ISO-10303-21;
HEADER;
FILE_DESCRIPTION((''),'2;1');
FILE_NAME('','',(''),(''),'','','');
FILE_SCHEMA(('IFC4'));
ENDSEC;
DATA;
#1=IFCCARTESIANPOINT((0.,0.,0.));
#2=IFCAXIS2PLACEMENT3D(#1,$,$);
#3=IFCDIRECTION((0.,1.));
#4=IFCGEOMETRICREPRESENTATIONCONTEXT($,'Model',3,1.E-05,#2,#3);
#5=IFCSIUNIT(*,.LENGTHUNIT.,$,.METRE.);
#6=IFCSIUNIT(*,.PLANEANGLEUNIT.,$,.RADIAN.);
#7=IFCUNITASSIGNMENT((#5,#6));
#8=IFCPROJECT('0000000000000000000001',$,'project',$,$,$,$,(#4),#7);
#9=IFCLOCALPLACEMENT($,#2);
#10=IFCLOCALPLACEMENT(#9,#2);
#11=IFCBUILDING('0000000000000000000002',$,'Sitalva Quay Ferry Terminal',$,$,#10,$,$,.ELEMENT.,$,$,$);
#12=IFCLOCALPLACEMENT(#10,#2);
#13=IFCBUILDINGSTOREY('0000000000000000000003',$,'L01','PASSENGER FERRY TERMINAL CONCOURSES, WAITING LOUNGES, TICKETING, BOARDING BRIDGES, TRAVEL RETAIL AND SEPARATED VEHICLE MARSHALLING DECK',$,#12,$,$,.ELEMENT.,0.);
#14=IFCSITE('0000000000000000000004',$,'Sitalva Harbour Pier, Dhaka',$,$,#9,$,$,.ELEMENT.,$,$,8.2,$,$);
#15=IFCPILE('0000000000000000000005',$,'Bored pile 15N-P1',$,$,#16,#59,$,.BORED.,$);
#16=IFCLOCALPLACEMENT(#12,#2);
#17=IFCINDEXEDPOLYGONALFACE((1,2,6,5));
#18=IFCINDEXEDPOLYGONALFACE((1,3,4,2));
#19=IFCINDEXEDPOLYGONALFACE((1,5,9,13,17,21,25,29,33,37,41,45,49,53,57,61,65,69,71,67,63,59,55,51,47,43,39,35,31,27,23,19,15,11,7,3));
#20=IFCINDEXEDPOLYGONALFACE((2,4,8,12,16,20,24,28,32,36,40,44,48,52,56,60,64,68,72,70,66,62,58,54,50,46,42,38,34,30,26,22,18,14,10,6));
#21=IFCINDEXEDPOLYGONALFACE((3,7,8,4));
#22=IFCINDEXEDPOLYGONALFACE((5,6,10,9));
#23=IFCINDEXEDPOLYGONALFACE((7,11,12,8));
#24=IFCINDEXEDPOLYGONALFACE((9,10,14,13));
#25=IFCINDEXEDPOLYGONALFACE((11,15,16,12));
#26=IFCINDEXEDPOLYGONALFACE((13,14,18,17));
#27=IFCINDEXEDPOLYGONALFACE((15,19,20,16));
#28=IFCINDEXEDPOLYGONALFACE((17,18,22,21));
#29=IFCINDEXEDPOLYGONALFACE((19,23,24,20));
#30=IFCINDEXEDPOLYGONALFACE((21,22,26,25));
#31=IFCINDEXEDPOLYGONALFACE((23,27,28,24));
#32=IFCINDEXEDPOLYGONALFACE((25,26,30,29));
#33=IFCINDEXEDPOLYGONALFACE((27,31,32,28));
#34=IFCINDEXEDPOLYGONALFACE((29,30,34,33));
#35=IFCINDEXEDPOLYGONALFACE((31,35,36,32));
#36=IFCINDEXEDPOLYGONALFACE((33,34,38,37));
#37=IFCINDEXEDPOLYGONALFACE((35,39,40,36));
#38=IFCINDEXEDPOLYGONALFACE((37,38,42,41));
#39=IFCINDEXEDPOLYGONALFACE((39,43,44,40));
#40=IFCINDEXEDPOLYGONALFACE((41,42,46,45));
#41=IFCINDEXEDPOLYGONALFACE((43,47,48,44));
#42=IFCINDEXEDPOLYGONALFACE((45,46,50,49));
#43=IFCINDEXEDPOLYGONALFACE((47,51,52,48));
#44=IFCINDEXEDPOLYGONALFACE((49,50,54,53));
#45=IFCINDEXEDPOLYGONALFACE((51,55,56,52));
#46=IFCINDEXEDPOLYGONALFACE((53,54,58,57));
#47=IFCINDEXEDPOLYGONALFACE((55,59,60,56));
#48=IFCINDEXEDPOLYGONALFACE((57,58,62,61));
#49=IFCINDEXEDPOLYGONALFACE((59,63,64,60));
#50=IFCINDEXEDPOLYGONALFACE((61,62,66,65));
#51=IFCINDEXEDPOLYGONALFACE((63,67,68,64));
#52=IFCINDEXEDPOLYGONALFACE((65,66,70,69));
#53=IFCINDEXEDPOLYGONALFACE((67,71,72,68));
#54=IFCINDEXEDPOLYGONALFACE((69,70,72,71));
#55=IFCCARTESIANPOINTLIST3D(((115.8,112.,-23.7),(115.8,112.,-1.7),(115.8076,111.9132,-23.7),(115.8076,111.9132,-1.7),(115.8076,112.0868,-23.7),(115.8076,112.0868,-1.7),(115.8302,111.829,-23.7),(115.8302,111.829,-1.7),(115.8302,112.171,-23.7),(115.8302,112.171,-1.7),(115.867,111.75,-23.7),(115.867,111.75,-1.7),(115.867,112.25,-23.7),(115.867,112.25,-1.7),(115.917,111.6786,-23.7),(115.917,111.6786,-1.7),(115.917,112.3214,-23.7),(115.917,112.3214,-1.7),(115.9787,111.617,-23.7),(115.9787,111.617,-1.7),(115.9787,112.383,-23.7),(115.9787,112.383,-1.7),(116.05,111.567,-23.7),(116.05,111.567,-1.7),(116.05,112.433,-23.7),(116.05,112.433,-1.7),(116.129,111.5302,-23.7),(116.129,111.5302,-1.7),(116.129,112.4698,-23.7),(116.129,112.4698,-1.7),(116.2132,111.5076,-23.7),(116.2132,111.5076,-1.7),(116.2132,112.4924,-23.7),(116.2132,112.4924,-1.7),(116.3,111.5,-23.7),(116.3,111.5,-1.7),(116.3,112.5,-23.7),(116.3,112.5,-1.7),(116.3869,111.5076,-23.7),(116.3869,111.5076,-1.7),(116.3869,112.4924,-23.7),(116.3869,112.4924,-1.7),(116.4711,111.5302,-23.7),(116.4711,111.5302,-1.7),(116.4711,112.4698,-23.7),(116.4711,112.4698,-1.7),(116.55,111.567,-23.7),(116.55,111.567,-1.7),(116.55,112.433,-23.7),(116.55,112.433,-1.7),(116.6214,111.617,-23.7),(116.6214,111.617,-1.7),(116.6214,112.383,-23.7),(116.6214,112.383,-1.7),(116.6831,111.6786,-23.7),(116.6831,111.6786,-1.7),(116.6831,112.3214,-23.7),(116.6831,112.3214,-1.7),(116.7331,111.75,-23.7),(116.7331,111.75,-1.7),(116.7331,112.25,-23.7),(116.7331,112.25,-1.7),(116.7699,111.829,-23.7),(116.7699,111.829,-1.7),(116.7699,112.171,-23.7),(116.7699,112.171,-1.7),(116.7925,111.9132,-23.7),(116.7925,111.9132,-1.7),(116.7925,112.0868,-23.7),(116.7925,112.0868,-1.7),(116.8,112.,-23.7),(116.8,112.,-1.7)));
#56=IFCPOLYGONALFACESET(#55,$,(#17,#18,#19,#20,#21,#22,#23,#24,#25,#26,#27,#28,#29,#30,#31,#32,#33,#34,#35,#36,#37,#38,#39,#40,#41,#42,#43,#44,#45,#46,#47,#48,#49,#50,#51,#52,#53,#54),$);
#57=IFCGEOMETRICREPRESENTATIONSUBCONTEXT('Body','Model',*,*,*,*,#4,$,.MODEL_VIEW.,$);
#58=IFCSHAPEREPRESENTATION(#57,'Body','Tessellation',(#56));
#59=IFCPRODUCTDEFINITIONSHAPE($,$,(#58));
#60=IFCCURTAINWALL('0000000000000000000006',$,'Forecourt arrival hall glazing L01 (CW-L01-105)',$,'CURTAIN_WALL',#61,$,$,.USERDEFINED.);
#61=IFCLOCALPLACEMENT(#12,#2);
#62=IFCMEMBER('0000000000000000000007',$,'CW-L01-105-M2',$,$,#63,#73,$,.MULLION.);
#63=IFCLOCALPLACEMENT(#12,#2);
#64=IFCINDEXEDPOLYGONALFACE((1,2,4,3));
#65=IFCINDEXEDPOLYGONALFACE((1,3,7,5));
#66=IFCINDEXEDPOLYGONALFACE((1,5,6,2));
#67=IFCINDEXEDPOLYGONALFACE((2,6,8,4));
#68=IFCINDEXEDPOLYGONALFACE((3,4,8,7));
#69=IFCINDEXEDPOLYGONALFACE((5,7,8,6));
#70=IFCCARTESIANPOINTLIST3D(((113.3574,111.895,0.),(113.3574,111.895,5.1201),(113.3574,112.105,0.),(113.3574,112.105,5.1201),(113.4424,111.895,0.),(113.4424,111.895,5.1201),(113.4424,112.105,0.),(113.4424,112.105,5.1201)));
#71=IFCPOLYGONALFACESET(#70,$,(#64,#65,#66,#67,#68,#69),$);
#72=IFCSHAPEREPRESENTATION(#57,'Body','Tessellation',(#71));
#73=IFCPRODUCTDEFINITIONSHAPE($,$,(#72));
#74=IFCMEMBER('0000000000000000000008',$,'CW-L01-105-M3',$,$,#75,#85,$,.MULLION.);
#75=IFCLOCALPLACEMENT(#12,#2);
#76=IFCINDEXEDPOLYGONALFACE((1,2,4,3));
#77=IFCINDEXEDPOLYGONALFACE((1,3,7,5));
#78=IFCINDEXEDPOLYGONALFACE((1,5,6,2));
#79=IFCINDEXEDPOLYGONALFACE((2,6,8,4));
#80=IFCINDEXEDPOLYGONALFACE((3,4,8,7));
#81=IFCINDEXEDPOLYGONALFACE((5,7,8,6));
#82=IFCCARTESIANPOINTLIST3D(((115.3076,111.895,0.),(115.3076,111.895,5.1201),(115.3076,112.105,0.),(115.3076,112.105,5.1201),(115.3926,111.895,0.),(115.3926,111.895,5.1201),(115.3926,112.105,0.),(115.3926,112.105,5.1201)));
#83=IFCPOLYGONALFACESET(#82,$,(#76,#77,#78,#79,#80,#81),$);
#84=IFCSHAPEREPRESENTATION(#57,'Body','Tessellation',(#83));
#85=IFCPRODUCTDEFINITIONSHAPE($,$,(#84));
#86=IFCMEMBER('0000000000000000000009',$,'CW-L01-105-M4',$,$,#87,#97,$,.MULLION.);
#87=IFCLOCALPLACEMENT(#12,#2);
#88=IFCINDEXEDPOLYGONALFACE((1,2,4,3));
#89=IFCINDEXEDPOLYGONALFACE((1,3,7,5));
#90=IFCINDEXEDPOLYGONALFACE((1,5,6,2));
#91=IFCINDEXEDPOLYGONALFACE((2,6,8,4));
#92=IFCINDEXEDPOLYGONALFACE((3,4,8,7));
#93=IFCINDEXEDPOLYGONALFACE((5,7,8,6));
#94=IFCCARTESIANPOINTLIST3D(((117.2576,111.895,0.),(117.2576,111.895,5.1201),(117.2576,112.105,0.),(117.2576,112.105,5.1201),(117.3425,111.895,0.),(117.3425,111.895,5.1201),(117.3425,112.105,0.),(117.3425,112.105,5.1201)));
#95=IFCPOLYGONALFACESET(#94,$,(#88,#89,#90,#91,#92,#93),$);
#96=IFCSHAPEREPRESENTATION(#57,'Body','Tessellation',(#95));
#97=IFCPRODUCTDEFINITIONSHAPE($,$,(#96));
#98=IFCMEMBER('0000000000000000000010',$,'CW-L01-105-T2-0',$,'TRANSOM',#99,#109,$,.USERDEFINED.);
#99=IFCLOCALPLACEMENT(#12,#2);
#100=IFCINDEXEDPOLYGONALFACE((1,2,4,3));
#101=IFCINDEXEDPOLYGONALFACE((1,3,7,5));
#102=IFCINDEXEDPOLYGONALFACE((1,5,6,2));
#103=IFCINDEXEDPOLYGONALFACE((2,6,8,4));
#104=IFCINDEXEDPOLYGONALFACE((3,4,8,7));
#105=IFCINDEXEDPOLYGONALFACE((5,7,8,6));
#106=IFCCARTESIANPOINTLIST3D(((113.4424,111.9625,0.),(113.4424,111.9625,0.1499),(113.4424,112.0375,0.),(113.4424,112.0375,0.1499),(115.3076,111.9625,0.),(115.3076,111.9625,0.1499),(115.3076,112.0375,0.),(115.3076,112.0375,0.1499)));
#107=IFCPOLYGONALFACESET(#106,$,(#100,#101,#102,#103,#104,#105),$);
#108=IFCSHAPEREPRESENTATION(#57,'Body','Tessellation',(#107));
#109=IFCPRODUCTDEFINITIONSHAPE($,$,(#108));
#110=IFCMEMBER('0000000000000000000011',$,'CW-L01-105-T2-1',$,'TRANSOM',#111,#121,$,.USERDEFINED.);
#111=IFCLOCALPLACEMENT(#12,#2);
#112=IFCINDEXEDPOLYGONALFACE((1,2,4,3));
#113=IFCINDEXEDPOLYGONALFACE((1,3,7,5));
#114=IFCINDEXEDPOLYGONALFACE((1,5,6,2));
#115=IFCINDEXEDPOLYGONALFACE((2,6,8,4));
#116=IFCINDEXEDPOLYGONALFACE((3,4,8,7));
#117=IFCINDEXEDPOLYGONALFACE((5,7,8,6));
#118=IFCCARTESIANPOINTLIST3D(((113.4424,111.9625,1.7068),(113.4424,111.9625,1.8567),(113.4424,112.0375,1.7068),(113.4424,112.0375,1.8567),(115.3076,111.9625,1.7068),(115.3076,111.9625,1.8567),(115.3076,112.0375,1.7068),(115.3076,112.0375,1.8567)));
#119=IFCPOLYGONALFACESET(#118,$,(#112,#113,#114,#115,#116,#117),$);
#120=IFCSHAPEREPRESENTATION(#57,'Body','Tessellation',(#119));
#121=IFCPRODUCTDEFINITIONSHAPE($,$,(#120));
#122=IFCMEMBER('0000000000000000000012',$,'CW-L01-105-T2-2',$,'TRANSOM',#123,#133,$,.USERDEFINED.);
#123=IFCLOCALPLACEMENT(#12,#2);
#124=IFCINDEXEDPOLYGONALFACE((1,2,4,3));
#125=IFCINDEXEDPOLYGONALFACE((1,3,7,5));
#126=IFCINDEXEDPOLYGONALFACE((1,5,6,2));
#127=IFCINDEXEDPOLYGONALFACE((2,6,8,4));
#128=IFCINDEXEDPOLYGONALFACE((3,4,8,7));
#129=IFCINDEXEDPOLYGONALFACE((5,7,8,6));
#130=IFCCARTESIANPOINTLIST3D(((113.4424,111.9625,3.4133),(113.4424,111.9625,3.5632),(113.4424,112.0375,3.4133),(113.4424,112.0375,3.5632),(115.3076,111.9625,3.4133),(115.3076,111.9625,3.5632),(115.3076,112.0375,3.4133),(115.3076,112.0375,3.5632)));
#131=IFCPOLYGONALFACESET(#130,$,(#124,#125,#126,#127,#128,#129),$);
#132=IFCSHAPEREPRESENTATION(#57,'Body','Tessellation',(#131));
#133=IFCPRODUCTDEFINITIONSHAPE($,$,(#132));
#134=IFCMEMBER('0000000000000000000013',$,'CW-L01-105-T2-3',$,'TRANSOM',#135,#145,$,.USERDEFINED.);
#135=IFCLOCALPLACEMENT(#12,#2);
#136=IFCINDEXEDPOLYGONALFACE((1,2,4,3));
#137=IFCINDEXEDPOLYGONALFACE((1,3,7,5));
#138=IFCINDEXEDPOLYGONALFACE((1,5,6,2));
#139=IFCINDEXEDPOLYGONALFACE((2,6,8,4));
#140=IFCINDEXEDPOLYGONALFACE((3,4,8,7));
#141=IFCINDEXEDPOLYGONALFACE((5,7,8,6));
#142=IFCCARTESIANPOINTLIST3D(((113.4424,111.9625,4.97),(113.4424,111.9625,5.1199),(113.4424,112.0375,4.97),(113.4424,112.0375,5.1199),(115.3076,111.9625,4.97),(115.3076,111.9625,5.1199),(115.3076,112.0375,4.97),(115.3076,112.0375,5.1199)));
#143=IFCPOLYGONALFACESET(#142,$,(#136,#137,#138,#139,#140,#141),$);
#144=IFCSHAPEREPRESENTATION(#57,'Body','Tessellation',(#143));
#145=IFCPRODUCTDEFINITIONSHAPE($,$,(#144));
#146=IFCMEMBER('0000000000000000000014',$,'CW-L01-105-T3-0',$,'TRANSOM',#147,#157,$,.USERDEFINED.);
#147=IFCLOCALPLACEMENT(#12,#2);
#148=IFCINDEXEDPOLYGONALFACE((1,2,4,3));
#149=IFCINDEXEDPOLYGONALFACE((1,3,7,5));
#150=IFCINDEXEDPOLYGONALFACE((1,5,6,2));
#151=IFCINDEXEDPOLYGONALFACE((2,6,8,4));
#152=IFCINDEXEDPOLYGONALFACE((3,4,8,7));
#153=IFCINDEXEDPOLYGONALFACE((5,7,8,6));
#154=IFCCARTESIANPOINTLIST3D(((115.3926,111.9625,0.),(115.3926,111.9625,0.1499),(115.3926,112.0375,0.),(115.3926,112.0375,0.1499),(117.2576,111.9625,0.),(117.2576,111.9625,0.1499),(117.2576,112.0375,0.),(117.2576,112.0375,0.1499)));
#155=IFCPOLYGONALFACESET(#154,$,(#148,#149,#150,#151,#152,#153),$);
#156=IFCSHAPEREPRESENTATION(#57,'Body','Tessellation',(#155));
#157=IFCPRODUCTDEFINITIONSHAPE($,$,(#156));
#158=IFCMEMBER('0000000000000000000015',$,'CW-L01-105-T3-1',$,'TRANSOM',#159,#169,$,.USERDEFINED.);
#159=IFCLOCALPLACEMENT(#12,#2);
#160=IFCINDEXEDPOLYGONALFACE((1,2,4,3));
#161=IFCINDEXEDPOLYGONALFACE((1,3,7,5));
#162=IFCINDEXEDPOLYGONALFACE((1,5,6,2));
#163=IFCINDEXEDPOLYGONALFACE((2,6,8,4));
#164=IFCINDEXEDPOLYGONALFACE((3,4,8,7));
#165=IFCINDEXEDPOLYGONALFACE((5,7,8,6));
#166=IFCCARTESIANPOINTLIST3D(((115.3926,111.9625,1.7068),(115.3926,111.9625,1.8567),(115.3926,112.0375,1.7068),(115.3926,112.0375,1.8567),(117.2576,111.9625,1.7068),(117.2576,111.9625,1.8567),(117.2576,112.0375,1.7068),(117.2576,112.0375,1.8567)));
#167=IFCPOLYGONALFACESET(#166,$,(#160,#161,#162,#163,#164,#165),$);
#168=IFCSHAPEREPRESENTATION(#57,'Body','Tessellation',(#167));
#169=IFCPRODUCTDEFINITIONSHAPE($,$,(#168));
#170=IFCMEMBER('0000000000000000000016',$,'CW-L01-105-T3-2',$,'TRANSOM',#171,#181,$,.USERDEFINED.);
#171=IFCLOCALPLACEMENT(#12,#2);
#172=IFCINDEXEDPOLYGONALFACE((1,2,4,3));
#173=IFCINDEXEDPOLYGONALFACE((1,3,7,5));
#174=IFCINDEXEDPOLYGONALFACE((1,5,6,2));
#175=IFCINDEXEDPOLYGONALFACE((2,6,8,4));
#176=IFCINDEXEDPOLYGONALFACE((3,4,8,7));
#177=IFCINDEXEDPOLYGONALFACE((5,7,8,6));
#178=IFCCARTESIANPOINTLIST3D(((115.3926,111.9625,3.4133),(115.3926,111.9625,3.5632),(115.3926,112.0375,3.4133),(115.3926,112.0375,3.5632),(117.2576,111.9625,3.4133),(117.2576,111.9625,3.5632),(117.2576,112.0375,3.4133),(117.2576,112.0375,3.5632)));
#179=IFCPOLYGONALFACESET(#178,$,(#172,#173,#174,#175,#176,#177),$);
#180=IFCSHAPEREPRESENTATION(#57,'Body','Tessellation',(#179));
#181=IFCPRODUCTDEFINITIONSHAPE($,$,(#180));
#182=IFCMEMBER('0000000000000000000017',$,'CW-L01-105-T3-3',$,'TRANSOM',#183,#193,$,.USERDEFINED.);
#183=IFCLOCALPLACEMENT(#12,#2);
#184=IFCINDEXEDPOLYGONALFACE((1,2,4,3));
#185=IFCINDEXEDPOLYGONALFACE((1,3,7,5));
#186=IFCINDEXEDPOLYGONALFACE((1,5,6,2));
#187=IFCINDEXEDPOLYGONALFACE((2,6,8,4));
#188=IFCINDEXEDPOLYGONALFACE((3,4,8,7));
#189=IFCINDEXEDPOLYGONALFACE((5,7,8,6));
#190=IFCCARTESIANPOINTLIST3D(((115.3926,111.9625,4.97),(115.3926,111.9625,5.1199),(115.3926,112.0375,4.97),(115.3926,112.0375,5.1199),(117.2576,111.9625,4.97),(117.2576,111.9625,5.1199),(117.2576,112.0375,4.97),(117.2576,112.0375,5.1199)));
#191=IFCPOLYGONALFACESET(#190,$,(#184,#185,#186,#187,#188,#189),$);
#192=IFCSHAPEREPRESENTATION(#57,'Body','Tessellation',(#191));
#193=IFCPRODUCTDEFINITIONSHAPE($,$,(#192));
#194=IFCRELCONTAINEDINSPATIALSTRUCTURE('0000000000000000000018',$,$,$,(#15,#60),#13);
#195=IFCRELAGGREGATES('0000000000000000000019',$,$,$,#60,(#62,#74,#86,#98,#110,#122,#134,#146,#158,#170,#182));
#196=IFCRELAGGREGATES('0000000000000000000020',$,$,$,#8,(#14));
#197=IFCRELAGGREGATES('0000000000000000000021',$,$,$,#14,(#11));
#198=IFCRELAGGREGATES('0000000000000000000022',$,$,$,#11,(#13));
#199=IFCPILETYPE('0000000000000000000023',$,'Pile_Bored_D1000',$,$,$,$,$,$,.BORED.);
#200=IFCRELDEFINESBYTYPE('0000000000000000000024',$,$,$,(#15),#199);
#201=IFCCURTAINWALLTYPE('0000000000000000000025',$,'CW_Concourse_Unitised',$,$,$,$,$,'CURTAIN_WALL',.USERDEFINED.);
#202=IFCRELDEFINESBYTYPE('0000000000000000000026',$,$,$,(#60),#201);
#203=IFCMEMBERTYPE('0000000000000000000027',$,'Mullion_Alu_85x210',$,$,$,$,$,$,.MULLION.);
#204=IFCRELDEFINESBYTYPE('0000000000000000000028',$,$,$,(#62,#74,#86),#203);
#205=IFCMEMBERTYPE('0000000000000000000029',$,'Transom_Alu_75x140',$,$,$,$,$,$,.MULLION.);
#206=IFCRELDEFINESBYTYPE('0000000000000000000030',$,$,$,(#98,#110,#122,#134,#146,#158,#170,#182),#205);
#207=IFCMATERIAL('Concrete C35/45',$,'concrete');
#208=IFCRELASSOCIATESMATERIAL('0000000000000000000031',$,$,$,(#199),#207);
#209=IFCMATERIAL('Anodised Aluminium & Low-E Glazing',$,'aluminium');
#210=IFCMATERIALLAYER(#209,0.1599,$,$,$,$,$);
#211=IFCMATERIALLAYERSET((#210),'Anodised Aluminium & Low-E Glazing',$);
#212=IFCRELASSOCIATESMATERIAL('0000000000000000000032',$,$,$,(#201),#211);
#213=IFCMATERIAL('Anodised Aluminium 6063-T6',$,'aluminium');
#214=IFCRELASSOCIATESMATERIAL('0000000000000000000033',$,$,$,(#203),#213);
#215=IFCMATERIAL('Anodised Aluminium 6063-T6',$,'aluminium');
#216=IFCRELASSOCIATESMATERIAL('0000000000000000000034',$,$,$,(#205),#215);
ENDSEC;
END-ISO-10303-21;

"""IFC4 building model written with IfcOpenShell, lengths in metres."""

from ifc_helpers import new_model, si_unit, direction, frame, origin, origin_2d, place, context, subcontext, project, spatial, rectangle, circle, extrude, material, layer, layer_set, material_profile, profile_set, type_object, element, aggregate, save


model = new_model("IFC4")

# Units and contexts
model_context = context("Model", 3, precision=1e-05, world=origin(), true_north=direction((0.0, 1.0)))
body_context = subcontext(model_context, "Body", "Model", "MODEL_VIEW")
ifc_project = project(units=[si_unit("LENGTHUNIT", "METRE"), si_unit("PLANEANGLEUNIT", "RADIAN")], contexts=[model_context])

# Site, building, storey
site_placement = place(None, origin())
site = spatial("IfcSite", under=ifc_project, at=site_placement, Name="Sitalva Harbour Pier, Dhaka", CompositionType="ELEMENT", RefElevation=8.2)
building_placement = place(site_placement, origin())
building = spatial("IfcBuilding", under=site, at=building_placement, Name="Sitalva Quay Ferry Terminal", CompositionType="ELEMENT")
storey_placement = place(building_placement, origin())
storey = spatial("IfcBuildingStorey", under=building, at=storey_placement, Name="L01", Description="PASSENGER FERRY TERMINAL CONCOURSES, WAITING LOUNGES, TICKETING, BOARDING BRIDGES, TRAVEL RETAIL AND SEPARATED VEHICLE MARSHALLING DECK", CompositionType="ELEMENT", Elevation=0.0)

# Pile
ifc_material_1 = material(Name="Concrete C35/45", Category="concrete")
ifc_material_profile_1 = material_profile(ifc_material_1, circle(Radius=0.5, at=origin_2d()), Name="PILE-D1000")
ifc_profile_set_1 = profile_set([ifc_material_profile_1], Name="Concrete C35/45")
pile_type = type_object("IfcPileType", Name="Pile_Bored_D1000", PredefinedType="BORED", material=ifc_profile_set_1)
pile_placement = place(storey_placement, frame((116.3, 112.0, -1.7), z_axis=(0.0, 0.0, -1.0), x_axis=(1.0, 0.0, 0.0)))
element("IfcPile", 1, at=pile_placement, inside=storey, type_object=pile_type, Name="Bored pile 15N-P1", PredefinedType="BORED", context=body_context, shape_type="SweptSolid", body=[
    extrude(circle(Radius=0.5, at=origin_2d()), origin(), (0.0, 0.0, 1.0), 22.0),
])

# Curtain wall, members
ifc_material_2 = material(Name="Anodised Aluminium & Low-E Glazing", Category="aluminium")
ifc_layer_1 = layer(ifc_material_2, 0.1599)
ifc_layer_set_1 = layer_set([ifc_layer_1], Name="Anodised Aluminium & Low-E Glazing")
curtain_wall_type_1 = type_object("IfcCurtainWallType", Name="CW_Concourse_Unitised", ElementType="CURTAIN_WALL", PredefinedType="USERDEFINED", material=ifc_layer_set_1)
curtain_wall_1_placement = place(storey_placement, origin())
curtain_wall_1 = element("IfcCurtainWall", 2, at=curtain_wall_1_placement, inside=storey, type_object=curtain_wall_type_1, Name="Forecourt arrival hall glazing L01 (CW-L01-105)", ObjectType="CURTAIN_WALL", PredefinedType="USERDEFINED")
ifc_material_3 = material(Name="Anodised Aluminium 6063-T6", Category="aluminium")
ifc_material_profile_2 = material_profile(ifc_material_3, rectangle(XDim=0.085, YDim=0.21, at=origin_2d()), Name="ALU85x210")
ifc_profile_set_2 = profile_set([ifc_material_profile_2], Name="Anodised Aluminium 6063-T6")
member_type_1 = type_object("IfcMemberType", Name="Mullion_Alu_85x210", PredefinedType="MULLION", material=ifc_profile_set_2)
member_1_placement = place(storey_placement, frame((113.3999, 112.0, 0.0), z_axis=(0.0, 0.0, 1.0), x_axis=(1.0, 0.0, 0.0)))
member_1 = element("IfcMember", 3, at=member_1_placement, type_object=member_type_1, Name="CW-L01-105-M2", PredefinedType="MULLION", context=body_context, shape_type="SweptSolid", body=[
    extrude(rectangle(XDim=0.085, YDim=0.21, at=origin_2d()), origin(), (0.0, 0.0, 1.0), 5.1201),
])
member_2_placement = place(storey_placement, frame((115.3501, 112.0, 0.0), z_axis=(0.0, 0.0, 1.0), x_axis=(1.0, 0.0, 0.0)))
member_2 = element("IfcMember", 4, at=member_2_placement, type_object=member_type_1, Name="CW-L01-105-M3", PredefinedType="MULLION", context=body_context, shape_type="SweptSolid", body=[
    extrude(rectangle(XDim=0.085, YDim=0.21, at=origin_2d()), origin(), (0.0, 0.0, 1.0), 5.1201),
])
member_3_placement = place(storey_placement, frame((117.3, 112.0, 0.0), z_axis=(0.0, 0.0, 1.0), x_axis=(1.0, 0.0, 0.0)))
member_3 = element("IfcMember", 5, at=member_3_placement, type_object=member_type_1, Name="CW-L01-105-M4", PredefinedType="MULLION", context=body_context, shape_type="SweptSolid", body=[
    extrude(rectangle(XDim=0.085, YDim=0.21, at=origin_2d()), origin(), (0.0, 0.0, 1.0), 5.1201),
])
ifc_material_4 = material(Name="Anodised Aluminium 6063-T6", Category="aluminium")
ifc_material_profile_3 = material_profile(ifc_material_4, rectangle(XDim=0.075, YDim=0.1499, at=origin_2d()), Name="ALU75x150")
ifc_profile_set_3 = profile_set([ifc_material_profile_3], Name="Anodised Aluminium 6063-T6")
member_type_2 = type_object("IfcMemberType", Name="Transom_Alu_75x140", PredefinedType="MULLION", material=ifc_profile_set_3)
member_4_placement = place(storey_placement, frame((113.4424, 112.0, 0.075), z_axis=(1.0, 0.0, 0.0), x_axis=(0.0, 1.0, 0.0)))
member_4 = element("IfcMember", 6, at=member_4_placement, type_object=member_type_2, Name="CW-L01-105-T2-0", ObjectType="TRANSOM", PredefinedType="USERDEFINED", context=body_context, shape_type="SweptSolid", body=[
    extrude(rectangle(XDim=0.075, YDim=0.1499, at=origin_2d()), origin(), (0.0, 0.0, 1.0), 1.8652),
])
member_5_placement = place(storey_placement, frame((113.4424, 112.0, 1.7817), z_axis=(1.0, 0.0, 0.0), x_axis=(0.0, 1.0, 0.0)))
member_5 = element("IfcMember", 7, at=member_5_placement, type_object=member_type_2, Name="CW-L01-105-T2-1", ObjectType="TRANSOM", PredefinedType="USERDEFINED", context=body_context, shape_type="SweptSolid", body=[
    extrude(rectangle(XDim=0.075, YDim=0.1499, at=origin_2d()), origin(), (0.0, 0.0, 1.0), 1.8652),
])
member_6_placement = place(storey_placement, frame((113.4424, 112.0, 3.4883), z_axis=(1.0, 0.0, 0.0), x_axis=(0.0, 1.0, 0.0)))
member_6 = element("IfcMember", 8, at=member_6_placement, type_object=member_type_2, Name="CW-L01-105-T2-2", ObjectType="TRANSOM", PredefinedType="USERDEFINED", context=body_context, shape_type="SweptSolid", body=[
    extrude(rectangle(XDim=0.075, YDim=0.1499, at=origin_2d()), origin(), (0.0, 0.0, 1.0), 1.8652),
])
member_7_placement = place(storey_placement, frame((113.4424, 112.0, 5.0449), z_axis=(1.0, 0.0, 0.0), x_axis=(0.0, 1.0, 0.0)))
member_7 = element("IfcMember", 9, at=member_7_placement, type_object=member_type_2, Name="CW-L01-105-T2-3", ObjectType="TRANSOM", PredefinedType="USERDEFINED", context=body_context, shape_type="SweptSolid", body=[
    extrude(rectangle(XDim=0.075, YDim=0.1499, at=origin_2d()), origin(), (0.0, 0.0, 1.0), 1.8652),
])
member_8_placement = place(storey_placement, frame((115.3926, 112.0, 0.075), z_axis=(1.0, 0.0, 0.0), x_axis=(0.0, 1.0, 0.0)))
member_8 = element("IfcMember", 10, at=member_8_placement, type_object=member_type_2, Name="CW-L01-105-T3-0", ObjectType="TRANSOM", PredefinedType="USERDEFINED", context=body_context, shape_type="SweptSolid", body=[
    extrude(rectangle(XDim=0.075, YDim=0.1499, at=origin_2d()), origin(), (0.0, 0.0, 1.0), 1.865),
])
member_9_placement = place(storey_placement, frame((115.3926, 112.0, 1.7817), z_axis=(1.0, 0.0, 0.0), x_axis=(0.0, 1.0, 0.0)))
member_9 = element("IfcMember", 11, at=member_9_placement, type_object=member_type_2, Name="CW-L01-105-T3-1", ObjectType="TRANSOM", PredefinedType="USERDEFINED", context=body_context, shape_type="SweptSolid", body=[
    extrude(rectangle(XDim=0.075, YDim=0.1499, at=origin_2d()), origin(), (0.0, 0.0, 1.0), 1.865),
])
member_10_placement = place(storey_placement, frame((115.3926, 112.0, 3.4883), z_axis=(1.0, 0.0, 0.0), x_axis=(0.0, 1.0, 0.0)))
member_10 = element("IfcMember", 12, at=member_10_placement, type_object=member_type_2, Name="CW-L01-105-T3-2", ObjectType="TRANSOM", PredefinedType="USERDEFINED", context=body_context, shape_type="SweptSolid", body=[
    extrude(rectangle(XDim=0.075, YDim=0.1499, at=origin_2d()), origin(), (0.0, 0.0, 1.0), 1.865),
])
member_11_placement = place(storey_placement, frame((115.3926, 112.0, 5.0449), z_axis=(1.0, 0.0, 0.0), x_axis=(0.0, 1.0, 0.0)))
member_11 = element("IfcMember", 13, at=member_11_placement, type_object=member_type_2, Name="CW-L01-105-T3-3", ObjectType="TRANSOM", PredefinedType="USERDEFINED", context=body_context, shape_type="SweptSolid", body=[
    extrude(rectangle(XDim=0.075, YDim=0.1499, at=origin_2d()), origin(), (0.0, 0.0, 1.0), 1.865),
])

aggregate(curtain_wall_1, [member_1, member_2, member_3, member_4, member_5, member_6, member_7, member_8, member_9, member_10, member_11])

save(model, "model.ifc")
